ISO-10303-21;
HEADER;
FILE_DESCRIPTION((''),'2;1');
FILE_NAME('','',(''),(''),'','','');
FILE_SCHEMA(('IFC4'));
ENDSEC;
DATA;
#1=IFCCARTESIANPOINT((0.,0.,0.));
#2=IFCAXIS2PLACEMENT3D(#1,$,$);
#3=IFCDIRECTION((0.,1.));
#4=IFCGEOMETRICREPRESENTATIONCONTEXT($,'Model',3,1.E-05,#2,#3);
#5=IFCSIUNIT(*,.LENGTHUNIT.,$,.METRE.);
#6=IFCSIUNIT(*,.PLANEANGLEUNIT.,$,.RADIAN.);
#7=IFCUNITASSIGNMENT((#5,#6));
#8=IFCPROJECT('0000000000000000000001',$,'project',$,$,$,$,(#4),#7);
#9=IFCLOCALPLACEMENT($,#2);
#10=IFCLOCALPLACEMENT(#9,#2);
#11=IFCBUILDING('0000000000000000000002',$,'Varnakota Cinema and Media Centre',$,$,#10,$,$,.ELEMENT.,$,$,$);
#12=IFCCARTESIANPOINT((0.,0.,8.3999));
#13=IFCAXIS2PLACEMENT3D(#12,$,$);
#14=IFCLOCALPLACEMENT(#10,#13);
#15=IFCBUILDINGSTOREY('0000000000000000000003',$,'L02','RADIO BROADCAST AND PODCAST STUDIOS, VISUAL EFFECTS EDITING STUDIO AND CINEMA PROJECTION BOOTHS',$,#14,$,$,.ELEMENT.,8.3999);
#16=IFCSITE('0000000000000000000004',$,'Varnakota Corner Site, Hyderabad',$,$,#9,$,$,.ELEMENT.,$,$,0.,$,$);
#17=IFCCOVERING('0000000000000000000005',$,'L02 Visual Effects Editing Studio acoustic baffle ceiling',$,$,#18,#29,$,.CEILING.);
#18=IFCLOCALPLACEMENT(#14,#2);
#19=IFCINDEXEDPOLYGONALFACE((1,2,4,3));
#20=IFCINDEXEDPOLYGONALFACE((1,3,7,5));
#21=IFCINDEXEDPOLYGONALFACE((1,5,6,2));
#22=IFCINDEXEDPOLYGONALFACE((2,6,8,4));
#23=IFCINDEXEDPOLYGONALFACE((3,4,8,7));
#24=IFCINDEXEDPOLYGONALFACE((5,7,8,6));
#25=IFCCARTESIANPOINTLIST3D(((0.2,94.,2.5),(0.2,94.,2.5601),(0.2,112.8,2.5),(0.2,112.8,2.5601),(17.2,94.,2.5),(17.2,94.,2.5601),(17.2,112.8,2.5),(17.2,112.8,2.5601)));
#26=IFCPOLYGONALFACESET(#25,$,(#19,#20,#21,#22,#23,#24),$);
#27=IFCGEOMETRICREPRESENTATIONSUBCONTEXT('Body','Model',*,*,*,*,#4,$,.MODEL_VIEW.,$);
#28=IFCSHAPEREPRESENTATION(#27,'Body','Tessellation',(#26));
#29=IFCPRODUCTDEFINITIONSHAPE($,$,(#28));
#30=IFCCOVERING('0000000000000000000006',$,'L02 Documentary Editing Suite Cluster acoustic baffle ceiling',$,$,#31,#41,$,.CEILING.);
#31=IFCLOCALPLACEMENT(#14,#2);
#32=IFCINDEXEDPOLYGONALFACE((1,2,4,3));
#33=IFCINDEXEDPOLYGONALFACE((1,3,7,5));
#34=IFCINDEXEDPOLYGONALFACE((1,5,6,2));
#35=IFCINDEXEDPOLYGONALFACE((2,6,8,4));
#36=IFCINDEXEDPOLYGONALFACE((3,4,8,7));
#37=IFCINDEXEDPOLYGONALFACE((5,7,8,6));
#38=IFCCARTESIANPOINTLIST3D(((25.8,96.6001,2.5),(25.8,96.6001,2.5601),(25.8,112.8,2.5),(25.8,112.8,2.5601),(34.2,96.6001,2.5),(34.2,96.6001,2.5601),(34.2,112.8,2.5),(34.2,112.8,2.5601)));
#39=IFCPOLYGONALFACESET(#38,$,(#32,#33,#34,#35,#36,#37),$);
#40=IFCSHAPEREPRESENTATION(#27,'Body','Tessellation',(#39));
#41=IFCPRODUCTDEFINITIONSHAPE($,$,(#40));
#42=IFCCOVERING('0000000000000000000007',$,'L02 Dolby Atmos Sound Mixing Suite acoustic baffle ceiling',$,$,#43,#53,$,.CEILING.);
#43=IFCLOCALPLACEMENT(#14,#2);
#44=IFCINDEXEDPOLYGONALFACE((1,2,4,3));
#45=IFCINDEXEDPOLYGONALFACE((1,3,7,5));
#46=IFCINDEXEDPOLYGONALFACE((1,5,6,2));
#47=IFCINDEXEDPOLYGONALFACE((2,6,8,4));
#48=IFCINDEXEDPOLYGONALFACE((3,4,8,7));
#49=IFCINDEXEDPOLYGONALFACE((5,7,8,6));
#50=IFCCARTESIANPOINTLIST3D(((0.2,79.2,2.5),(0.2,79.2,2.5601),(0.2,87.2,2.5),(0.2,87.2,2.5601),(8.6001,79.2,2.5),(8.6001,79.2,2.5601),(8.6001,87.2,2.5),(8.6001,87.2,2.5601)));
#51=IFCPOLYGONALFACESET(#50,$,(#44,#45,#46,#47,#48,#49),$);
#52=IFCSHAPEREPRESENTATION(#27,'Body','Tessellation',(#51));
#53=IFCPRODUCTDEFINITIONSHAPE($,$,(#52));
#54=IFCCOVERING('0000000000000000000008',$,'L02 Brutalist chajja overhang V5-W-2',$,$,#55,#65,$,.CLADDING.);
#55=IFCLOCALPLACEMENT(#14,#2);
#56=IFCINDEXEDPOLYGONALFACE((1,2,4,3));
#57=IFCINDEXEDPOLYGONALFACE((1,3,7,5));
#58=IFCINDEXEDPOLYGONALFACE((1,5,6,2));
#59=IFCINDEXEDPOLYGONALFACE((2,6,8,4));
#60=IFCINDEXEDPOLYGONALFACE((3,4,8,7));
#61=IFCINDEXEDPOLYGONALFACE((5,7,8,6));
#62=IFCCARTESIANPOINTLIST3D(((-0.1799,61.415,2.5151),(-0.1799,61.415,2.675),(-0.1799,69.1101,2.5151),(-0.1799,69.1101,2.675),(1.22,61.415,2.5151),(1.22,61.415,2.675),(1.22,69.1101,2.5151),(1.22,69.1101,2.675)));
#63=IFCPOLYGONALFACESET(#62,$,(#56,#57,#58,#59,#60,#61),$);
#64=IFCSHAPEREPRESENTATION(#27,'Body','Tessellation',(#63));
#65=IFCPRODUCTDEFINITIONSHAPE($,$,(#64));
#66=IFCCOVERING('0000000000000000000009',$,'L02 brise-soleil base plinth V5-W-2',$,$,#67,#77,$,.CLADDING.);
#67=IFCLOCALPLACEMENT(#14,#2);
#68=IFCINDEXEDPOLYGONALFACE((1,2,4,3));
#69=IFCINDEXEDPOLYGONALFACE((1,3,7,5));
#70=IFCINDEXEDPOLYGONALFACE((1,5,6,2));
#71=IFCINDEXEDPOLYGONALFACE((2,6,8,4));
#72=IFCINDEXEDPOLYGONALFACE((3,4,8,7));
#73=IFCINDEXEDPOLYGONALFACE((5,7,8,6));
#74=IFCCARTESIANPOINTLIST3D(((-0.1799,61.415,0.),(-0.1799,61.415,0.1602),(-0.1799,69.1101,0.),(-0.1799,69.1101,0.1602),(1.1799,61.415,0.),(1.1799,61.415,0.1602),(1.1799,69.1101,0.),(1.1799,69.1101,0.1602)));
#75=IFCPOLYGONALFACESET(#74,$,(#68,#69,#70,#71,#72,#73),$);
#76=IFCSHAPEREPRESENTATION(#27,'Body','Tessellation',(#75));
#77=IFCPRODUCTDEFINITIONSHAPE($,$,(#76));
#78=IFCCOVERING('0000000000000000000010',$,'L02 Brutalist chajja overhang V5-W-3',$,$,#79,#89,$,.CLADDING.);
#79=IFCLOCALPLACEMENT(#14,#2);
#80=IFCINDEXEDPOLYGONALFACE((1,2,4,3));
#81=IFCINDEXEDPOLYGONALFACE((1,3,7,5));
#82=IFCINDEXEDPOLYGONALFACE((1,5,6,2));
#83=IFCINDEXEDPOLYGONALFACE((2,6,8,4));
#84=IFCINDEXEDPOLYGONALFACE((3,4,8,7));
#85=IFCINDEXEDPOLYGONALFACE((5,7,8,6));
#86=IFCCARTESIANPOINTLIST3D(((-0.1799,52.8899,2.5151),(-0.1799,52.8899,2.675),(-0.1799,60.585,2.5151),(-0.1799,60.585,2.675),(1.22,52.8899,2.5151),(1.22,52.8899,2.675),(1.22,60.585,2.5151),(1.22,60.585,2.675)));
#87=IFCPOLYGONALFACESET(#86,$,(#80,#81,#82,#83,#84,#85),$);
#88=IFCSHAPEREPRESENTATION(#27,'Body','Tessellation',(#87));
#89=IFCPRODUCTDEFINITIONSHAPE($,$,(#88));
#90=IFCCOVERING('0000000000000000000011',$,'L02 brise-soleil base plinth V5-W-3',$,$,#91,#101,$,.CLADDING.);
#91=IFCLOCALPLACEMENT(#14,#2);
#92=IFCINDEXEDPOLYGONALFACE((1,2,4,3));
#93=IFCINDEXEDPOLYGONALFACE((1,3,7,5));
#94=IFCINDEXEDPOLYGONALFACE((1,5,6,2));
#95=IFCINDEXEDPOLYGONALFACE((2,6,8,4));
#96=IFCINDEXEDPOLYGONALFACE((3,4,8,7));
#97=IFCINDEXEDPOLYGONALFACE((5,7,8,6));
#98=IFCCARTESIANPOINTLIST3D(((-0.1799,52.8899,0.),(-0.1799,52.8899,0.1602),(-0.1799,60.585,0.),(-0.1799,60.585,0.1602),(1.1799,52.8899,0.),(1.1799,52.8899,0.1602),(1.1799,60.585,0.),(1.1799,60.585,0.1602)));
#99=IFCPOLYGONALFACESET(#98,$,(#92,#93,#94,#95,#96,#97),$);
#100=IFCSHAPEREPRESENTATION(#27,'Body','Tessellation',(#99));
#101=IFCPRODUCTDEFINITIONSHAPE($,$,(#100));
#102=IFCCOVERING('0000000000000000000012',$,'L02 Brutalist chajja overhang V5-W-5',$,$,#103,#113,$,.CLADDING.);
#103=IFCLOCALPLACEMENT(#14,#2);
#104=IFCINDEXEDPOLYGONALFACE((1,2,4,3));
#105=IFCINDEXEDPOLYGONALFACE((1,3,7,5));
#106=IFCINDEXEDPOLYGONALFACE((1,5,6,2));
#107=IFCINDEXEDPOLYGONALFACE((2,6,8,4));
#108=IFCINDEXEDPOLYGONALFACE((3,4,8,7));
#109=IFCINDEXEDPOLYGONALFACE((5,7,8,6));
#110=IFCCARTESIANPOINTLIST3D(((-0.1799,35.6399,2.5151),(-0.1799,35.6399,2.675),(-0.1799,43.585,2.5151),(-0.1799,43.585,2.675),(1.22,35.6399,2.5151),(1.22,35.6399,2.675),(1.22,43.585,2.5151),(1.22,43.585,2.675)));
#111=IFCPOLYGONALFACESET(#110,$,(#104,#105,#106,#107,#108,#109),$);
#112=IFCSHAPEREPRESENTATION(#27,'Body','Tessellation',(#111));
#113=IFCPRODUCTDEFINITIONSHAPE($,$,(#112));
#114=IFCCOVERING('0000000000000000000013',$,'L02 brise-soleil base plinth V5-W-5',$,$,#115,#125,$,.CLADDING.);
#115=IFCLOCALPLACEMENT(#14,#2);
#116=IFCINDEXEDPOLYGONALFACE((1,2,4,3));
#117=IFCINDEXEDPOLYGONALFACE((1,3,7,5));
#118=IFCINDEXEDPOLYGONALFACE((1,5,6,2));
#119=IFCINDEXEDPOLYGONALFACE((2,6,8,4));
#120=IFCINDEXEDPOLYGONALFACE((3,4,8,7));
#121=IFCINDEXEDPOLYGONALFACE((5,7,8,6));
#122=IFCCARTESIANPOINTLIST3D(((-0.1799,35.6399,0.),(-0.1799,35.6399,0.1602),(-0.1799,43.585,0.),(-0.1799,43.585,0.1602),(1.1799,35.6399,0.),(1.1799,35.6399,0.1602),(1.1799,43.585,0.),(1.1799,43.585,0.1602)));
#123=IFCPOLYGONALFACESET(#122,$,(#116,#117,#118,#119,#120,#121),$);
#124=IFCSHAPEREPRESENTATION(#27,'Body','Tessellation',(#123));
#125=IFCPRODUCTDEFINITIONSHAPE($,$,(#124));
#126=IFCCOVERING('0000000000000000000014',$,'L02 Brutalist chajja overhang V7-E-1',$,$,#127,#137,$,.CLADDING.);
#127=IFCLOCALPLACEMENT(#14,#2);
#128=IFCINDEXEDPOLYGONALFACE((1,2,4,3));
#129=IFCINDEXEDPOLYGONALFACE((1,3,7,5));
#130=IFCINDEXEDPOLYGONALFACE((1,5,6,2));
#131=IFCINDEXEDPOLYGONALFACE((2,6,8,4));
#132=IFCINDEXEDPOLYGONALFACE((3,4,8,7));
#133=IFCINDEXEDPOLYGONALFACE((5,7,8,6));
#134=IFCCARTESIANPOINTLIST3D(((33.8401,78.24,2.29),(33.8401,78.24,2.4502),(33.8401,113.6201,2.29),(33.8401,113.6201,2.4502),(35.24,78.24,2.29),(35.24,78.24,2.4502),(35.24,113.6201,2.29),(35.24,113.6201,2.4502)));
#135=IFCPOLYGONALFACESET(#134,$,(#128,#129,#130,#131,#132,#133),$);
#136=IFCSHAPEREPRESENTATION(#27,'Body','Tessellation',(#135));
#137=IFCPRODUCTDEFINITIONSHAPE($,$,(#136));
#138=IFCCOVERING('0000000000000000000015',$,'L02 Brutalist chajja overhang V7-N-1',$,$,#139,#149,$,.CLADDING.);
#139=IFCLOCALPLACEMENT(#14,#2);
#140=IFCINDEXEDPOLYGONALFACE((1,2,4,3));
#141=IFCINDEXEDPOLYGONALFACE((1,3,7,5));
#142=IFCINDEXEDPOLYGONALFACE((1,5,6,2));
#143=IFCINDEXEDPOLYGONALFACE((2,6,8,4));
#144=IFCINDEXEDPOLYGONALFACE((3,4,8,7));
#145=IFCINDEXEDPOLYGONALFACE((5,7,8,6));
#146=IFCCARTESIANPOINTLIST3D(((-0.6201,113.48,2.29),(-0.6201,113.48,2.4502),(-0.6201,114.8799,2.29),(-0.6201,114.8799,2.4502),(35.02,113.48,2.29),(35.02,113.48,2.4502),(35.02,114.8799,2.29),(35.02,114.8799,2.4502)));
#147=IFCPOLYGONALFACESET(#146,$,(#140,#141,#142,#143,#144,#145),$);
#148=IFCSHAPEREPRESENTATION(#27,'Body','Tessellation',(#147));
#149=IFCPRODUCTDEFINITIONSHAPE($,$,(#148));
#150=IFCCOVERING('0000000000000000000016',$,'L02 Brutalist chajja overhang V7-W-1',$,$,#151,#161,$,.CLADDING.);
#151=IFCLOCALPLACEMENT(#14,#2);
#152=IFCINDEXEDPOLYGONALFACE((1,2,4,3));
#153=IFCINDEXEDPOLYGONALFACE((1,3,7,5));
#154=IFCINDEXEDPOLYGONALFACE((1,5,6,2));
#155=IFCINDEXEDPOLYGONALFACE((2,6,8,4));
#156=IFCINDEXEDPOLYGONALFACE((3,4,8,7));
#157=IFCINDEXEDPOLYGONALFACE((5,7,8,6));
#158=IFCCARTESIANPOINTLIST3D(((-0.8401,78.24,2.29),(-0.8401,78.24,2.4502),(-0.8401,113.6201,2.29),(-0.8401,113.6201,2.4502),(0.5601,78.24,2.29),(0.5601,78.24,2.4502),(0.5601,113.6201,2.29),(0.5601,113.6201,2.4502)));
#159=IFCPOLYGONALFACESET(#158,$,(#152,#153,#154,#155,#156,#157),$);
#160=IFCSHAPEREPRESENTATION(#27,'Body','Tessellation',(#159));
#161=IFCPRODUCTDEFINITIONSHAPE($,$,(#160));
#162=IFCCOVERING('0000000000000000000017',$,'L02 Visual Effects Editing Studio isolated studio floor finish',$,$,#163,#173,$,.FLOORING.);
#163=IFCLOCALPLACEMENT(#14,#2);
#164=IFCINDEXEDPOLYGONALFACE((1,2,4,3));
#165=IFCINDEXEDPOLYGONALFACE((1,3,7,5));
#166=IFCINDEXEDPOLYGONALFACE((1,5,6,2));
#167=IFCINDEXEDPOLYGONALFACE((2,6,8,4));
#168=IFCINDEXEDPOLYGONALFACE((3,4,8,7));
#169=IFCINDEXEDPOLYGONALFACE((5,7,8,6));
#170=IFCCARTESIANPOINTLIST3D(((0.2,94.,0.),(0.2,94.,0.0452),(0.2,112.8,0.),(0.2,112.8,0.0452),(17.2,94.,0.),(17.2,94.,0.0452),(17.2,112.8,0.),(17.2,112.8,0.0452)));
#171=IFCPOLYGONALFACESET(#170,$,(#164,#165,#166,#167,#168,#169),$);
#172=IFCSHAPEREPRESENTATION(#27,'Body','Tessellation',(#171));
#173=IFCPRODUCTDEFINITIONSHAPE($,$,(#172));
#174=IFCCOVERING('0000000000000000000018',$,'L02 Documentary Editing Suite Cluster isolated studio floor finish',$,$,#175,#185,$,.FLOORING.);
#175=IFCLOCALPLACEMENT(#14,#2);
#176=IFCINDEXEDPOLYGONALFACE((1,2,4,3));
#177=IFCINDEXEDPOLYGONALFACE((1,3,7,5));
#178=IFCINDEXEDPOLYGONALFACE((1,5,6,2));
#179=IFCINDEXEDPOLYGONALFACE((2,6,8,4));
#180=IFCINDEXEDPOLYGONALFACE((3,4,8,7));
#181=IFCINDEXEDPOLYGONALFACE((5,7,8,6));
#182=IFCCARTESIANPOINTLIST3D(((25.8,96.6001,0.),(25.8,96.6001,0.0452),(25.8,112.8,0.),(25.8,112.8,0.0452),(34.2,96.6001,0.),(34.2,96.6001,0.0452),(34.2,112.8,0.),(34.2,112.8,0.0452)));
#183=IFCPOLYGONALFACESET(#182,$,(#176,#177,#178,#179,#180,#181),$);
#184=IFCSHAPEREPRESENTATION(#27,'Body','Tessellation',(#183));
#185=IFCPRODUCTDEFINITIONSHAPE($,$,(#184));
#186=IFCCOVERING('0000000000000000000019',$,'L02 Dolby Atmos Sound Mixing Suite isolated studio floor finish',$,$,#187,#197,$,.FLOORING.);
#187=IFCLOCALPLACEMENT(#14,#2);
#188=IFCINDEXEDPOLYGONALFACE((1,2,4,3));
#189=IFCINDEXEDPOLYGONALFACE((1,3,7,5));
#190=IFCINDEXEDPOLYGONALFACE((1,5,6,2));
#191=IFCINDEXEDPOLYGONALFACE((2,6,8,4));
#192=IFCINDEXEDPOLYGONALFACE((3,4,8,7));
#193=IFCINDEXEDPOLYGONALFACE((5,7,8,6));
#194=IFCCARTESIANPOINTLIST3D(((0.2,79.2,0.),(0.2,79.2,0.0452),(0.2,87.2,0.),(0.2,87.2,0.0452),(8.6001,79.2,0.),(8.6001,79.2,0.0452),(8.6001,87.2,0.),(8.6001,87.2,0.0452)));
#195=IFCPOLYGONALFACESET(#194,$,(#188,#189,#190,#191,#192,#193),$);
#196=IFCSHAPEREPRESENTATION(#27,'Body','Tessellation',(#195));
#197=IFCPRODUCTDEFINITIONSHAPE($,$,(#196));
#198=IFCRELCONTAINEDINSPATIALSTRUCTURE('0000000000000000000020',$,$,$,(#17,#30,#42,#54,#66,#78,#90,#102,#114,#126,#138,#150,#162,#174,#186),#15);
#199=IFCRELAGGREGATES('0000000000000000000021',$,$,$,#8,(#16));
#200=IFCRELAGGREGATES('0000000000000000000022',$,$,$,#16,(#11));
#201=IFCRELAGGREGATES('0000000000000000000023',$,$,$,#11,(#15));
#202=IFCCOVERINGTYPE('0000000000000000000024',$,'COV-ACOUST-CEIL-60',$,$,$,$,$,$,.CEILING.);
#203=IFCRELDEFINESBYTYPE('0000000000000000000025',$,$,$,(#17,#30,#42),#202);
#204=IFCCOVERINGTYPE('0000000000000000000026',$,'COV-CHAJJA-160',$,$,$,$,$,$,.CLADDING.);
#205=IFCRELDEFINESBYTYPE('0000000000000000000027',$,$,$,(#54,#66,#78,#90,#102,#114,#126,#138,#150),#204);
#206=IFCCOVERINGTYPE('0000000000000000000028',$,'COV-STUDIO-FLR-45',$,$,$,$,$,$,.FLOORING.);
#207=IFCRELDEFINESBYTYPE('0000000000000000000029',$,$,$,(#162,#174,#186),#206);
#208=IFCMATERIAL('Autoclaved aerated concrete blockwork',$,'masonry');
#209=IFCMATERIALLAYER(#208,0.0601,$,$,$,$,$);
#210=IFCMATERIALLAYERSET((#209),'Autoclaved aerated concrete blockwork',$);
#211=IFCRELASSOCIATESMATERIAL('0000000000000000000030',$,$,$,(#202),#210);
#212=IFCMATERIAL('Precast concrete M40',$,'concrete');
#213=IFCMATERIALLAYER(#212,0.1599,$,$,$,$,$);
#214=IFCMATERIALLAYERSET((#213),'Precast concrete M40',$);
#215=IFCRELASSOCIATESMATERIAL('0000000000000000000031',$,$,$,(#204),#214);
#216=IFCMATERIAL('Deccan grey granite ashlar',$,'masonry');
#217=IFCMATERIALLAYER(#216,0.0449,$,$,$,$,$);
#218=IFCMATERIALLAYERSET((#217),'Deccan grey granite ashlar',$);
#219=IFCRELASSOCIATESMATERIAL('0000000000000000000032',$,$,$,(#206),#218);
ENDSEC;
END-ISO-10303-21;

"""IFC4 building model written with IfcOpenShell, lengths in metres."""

from ifc_helpers import new_model, si_unit, direction, frame, origin, place, context, subcontext, project, spatial, polyline, outline, extrude, material, layer, layer_set, type_object, element, save


model = new_model("IFC4")

# Units and contexts
model_context = context("Model", 3, precision=1e-05, world=origin(), true_north=direction((0.0, 1.0)))
body_context = subcontext(model_context, "Body", "Model", "MODEL_VIEW")
ifc_project = project(units=[si_unit("LENGTHUNIT", "METRE"), si_unit("PLANEANGLEUNIT", "RADIAN")], contexts=[model_context])

# Site, building, storey
site_placement = place(None, origin())
site = spatial("IfcSite", under=ifc_project, at=site_placement, Name="Varnakota Corner Site, Hyderabad", CompositionType="ELEMENT", RefElevation=0.0)
building_placement = place(site_placement, origin())
building = spatial("IfcBuilding", under=site, at=building_placement, Name="Varnakota Cinema and Media Centre", CompositionType="ELEMENT")
storey_placement = place(building_placement, frame((0.0, 0.0, 8.3999)))
storey = spatial("IfcBuildingStorey", under=building, at=storey_placement, Name="L02", Description="RADIO BROADCAST AND PODCAST STUDIOS, VISUAL EFFECTS EDITING STUDIO AND CINEMA PROJECTION BOOTHS", CompositionType="ELEMENT", Elevation=8.3999)

# Coverings
ifc_material_1 = material(Name="Autoclaved aerated concrete blockwork", Category="masonry")
ifc_layer_1 = layer(ifc_material_1, 0.0601)
ifc_layer_set_1 = layer_set([ifc_layer_1], Name="Autoclaved aerated concrete blockwork")
covering_type_1 = type_object("IfcCoveringType", Name="COV-ACOUST-CEIL-60", PredefinedType="CEILING", material=ifc_layer_set_1)
covering_1_placement = place(storey_placement, frame((0.0, 0.0, 2.5)))
element("IfcCovering", 1, at=covering_1_placement, inside=storey, type_object=covering_type_1, Name="L02 Visual Effects Editing Studio acoustic baffle ceiling", PredefinedType="CEILING", context=body_context, shape_type="SweptSolid", body=[
    extrude(outline(polyline([(0.2, 94.0), (17.2, 94.0), (17.2, 112.8), (0.2, 112.8), (0.2, 94.0)])), origin(), (0.0, 0.0, 1.0), 0.0601),
])
covering_2_placement = place(storey_placement, frame((0.0, 0.0, 2.5)))
element("IfcCovering", 2, at=covering_2_placement, inside=storey, type_object=covering_type_1, Name="L02 Documentary Editing Suite Cluster acoustic baffle ceiling", PredefinedType="CEILING", context=body_context, shape_type="SweptSolid", body=[
    extrude(outline(polyline([(25.8, 96.6001), (34.2, 96.6001), (34.2, 112.8), (25.8, 112.8), (25.8, 96.6001)])), origin(), (0.0, 0.0, 1.0), 0.0601),
])
covering_3_placement = place(storey_placement, frame((0.0, 0.0, 2.5)))
element("IfcCovering", 3, at=covering_3_placement, inside=storey, type_object=covering_type_1, Name="L02 Dolby Atmos Sound Mixing Suite acoustic baffle ceiling", PredefinedType="CEILING", context=body_context, shape_type="SweptSolid", body=[
    extrude(outline(polyline([(0.2, 79.2), (8.6001, 79.2), (8.6001, 87.2), (0.2, 87.2), (0.2, 79.2)])), origin(), (0.0, 0.0, 1.0), 0.0601),
])
ifc_material_2 = material(Name="Precast concrete M40", Category="concrete")
ifc_layer_2 = layer(ifc_material_2, 0.1599)
ifc_layer_set_2 = layer_set([ifc_layer_2], Name="Precast concrete M40")
covering_type_2 = type_object("IfcCoveringType", Name="COV-CHAJJA-160", PredefinedType="CLADDING", material=ifc_layer_set_2)
covering_4_placement = place(storey_placement, frame((0.0, 0.0, 2.5151)))
element("IfcCovering", 4, at=covering_4_placement, inside=storey, type_object=covering_type_2, Name="L02 Brutalist chajja overhang V5-W-2", PredefinedType="CLADDING", context=body_context, shape_type="SweptSolid", body=[
    extrude(outline(polyline([(-0.1799, 69.1101), (-0.1799, 61.415), (1.22, 61.415), (1.22, 69.1101), (-0.1799, 69.1101)])), origin(), (0.0, 0.0, 1.0), 0.1599),
])
covering_5_placement = place(storey_placement, origin())
element("IfcCovering", 5, at=covering_5_placement, inside=storey, type_object=covering_type_2, Name="L02 brise-soleil base plinth V5-W-2", PredefinedType="CLADDING", context=body_context, shape_type="SweptSolid", body=[
    extrude(outline(polyline([(-0.1799, 69.1101), (-0.1799, 61.415), (1.1799, 61.415), (1.1799, 69.1101), (-0.1799, 69.1101)])), origin(), (0.0, 0.0, 1.0), 0.1602),
])
covering_6_placement = place(storey_placement, frame((0.0, 0.0, 2.5151)))
element("IfcCovering", 6, at=covering_6_placement, inside=storey, type_object=covering_type_2, Name="L02 Brutalist chajja overhang V5-W-3", PredefinedType="CLADDING", context=body_context, shape_type="SweptSolid", body=[
    extrude(outline(polyline([(-0.1799, 60.585), (-0.1799, 52.8899), (1.22, 52.8899), (1.22, 60.585), (-0.1799, 60.585)])), origin(), (0.0, 0.0, 1.0), 0.1599),
])
covering_7_placement = place(storey_placement, origin())
element("IfcCovering", 7, at=covering_7_placement, inside=storey, type_object=covering_type_2, Name="L02 brise-soleil base plinth V5-W-3", PredefinedType="CLADDING", context=body_context, shape_type="SweptSolid", body=[
    extrude(outline(polyline([(-0.1799, 60.585), (-0.1799, 52.8899), (1.1799, 52.8899), (1.1799, 60.585), (-0.1799, 60.585)])), origin(), (0.0, 0.0, 1.0), 0.1602),
])
covering_8_placement = place(storey_placement, frame((0.0, 0.0, 2.5151)))
element("IfcCovering", 8, at=covering_8_placement, inside=storey, type_object=covering_type_2, Name="L02 Brutalist chajja overhang V5-W-5", PredefinedType="CLADDING", context=body_context, shape_type="SweptSolid", body=[
    extrude(outline(polyline([(-0.1799, 43.585), (-0.1799, 35.6399), (1.22, 35.6399), (1.22, 43.585), (-0.1799, 43.585)])), origin(), (0.0, 0.0, 1.0), 0.1599),
])
covering_9_placement = place(storey_placement, origin())
element("IfcCovering", 9, at=covering_9_placement, inside=storey, type_object=covering_type_2, Name="L02 brise-soleil base plinth V5-W-5", PredefinedType="CLADDING", context=body_context, shape_type="SweptSolid", body=[
    extrude(outline(polyline([(-0.1799, 43.585), (-0.1799, 35.6399), (1.1799, 35.6399), (1.1799, 43.585), (-0.1799, 43.585)])), origin(), (0.0, 0.0, 1.0), 0.1602),
])
covering_10_placement = place(storey_placement, frame((0.0, 0.0, 2.29)))
element("IfcCovering", 10, at=covering_10_placement, inside=storey, type_object=covering_type_2, Name="L02 Brutalist chajja overhang V7-E-1", PredefinedType="CLADDING", context=body_context, shape_type="SweptSolid", body=[
    extrude(outline(polyline([(35.24, 78.24), (35.24, 113.6201), (33.8401, 113.6201), (33.8401, 78.24), (35.24, 78.24)])), origin(), (0.0, 0.0, 1.0), 0.1602),
])
covering_11_placement = place(storey_placement, frame((0.0, 0.0, 2.29)))
element("IfcCovering", 11, at=covering_11_placement, inside=storey, type_object=covering_type_2, Name="L02 Brutalist chajja overhang V7-N-1", PredefinedType="CLADDING", context=body_context, shape_type="SweptSolid", body=[
    extrude(outline(polyline([(-0.6201, 113.48), (35.02, 113.48), (35.02, 114.8799), (-0.6201, 114.8799), (-0.6201, 113.48)])), origin(), (0.0, 0.0, 1.0), 0.1602),
])
covering_12_placement = place(storey_placement, frame((0.0, 0.0, 2.29)))
element("IfcCovering", 12, at=covering_12_placement, inside=storey, type_object=covering_type_2, Name="L02 Brutalist chajja overhang V7-W-1", PredefinedType="CLADDING", context=body_context, shape_type="SweptSolid", body=[
    extrude(outline(polyline([(-0.8401, 113.6201), (-0.8401, 78.24), (0.5601, 78.24), (0.5601, 113.6201), (-0.8401, 113.6201)])), origin(), (0.0, 0.0, 1.0), 0.1602),
])
ifc_material_3 = material(Name="Deccan grey granite ashlar", Category="masonry")
ifc_layer_3 = layer(ifc_material_3, 0.0449)
ifc_layer_set_3 = layer_set([ifc_layer_3], Name="Deccan grey granite ashlar")
covering_type_3 = type_object("IfcCoveringType", Name="COV-STUDIO-FLR-45", PredefinedType="FLOORING", material=ifc_layer_set_3)
covering_13_placement = place(storey_placement, origin())
element("IfcCovering", 13, at=covering_13_placement, inside=storey, type_object=covering_type_3, Name="L02 Visual Effects Editing Studio isolated studio floor finish", PredefinedType="FLOORING", context=body_context, shape_type="SweptSolid", body=[
    extrude(outline(polyline([(0.2, 94.0), (17.2, 94.0), (17.2, 112.8), (0.2, 112.8), (0.2, 94.0)])), origin(), (0.0, 0.0, 1.0), 0.0452),
])
covering_14_placement = place(storey_placement, origin())
element("IfcCovering", 14, at=covering_14_placement, inside=storey, type_object=covering_type_3, Name="L02 Documentary Editing Suite Cluster isolated studio floor finish", PredefinedType="FLOORING", context=body_context, shape_type="SweptSolid", body=[
    extrude(outline(polyline([(25.8, 96.6001), (34.2, 96.6001), (34.2, 112.8), (25.8, 112.8), (25.8, 96.6001)])), origin(), (0.0, 0.0, 1.0), 0.0452),
])
covering_15_placement = place(storey_placement, origin())
element("IfcCovering", 15, at=covering_15_placement, inside=storey, type_object=covering_type_3, Name="L02 Dolby Atmos Sound Mixing Suite isolated studio floor finish", PredefinedType="FLOORING", context=body_context, shape_type="SweptSolid", body=[
    extrude(outline(polyline([(0.2, 79.2), (8.6001, 79.2), (8.6001, 87.2), (0.2, 87.2), (0.2, 79.2)])), origin(), (0.0, 0.0, 1.0), 0.0452),
])

save(model, "model.ifc")
